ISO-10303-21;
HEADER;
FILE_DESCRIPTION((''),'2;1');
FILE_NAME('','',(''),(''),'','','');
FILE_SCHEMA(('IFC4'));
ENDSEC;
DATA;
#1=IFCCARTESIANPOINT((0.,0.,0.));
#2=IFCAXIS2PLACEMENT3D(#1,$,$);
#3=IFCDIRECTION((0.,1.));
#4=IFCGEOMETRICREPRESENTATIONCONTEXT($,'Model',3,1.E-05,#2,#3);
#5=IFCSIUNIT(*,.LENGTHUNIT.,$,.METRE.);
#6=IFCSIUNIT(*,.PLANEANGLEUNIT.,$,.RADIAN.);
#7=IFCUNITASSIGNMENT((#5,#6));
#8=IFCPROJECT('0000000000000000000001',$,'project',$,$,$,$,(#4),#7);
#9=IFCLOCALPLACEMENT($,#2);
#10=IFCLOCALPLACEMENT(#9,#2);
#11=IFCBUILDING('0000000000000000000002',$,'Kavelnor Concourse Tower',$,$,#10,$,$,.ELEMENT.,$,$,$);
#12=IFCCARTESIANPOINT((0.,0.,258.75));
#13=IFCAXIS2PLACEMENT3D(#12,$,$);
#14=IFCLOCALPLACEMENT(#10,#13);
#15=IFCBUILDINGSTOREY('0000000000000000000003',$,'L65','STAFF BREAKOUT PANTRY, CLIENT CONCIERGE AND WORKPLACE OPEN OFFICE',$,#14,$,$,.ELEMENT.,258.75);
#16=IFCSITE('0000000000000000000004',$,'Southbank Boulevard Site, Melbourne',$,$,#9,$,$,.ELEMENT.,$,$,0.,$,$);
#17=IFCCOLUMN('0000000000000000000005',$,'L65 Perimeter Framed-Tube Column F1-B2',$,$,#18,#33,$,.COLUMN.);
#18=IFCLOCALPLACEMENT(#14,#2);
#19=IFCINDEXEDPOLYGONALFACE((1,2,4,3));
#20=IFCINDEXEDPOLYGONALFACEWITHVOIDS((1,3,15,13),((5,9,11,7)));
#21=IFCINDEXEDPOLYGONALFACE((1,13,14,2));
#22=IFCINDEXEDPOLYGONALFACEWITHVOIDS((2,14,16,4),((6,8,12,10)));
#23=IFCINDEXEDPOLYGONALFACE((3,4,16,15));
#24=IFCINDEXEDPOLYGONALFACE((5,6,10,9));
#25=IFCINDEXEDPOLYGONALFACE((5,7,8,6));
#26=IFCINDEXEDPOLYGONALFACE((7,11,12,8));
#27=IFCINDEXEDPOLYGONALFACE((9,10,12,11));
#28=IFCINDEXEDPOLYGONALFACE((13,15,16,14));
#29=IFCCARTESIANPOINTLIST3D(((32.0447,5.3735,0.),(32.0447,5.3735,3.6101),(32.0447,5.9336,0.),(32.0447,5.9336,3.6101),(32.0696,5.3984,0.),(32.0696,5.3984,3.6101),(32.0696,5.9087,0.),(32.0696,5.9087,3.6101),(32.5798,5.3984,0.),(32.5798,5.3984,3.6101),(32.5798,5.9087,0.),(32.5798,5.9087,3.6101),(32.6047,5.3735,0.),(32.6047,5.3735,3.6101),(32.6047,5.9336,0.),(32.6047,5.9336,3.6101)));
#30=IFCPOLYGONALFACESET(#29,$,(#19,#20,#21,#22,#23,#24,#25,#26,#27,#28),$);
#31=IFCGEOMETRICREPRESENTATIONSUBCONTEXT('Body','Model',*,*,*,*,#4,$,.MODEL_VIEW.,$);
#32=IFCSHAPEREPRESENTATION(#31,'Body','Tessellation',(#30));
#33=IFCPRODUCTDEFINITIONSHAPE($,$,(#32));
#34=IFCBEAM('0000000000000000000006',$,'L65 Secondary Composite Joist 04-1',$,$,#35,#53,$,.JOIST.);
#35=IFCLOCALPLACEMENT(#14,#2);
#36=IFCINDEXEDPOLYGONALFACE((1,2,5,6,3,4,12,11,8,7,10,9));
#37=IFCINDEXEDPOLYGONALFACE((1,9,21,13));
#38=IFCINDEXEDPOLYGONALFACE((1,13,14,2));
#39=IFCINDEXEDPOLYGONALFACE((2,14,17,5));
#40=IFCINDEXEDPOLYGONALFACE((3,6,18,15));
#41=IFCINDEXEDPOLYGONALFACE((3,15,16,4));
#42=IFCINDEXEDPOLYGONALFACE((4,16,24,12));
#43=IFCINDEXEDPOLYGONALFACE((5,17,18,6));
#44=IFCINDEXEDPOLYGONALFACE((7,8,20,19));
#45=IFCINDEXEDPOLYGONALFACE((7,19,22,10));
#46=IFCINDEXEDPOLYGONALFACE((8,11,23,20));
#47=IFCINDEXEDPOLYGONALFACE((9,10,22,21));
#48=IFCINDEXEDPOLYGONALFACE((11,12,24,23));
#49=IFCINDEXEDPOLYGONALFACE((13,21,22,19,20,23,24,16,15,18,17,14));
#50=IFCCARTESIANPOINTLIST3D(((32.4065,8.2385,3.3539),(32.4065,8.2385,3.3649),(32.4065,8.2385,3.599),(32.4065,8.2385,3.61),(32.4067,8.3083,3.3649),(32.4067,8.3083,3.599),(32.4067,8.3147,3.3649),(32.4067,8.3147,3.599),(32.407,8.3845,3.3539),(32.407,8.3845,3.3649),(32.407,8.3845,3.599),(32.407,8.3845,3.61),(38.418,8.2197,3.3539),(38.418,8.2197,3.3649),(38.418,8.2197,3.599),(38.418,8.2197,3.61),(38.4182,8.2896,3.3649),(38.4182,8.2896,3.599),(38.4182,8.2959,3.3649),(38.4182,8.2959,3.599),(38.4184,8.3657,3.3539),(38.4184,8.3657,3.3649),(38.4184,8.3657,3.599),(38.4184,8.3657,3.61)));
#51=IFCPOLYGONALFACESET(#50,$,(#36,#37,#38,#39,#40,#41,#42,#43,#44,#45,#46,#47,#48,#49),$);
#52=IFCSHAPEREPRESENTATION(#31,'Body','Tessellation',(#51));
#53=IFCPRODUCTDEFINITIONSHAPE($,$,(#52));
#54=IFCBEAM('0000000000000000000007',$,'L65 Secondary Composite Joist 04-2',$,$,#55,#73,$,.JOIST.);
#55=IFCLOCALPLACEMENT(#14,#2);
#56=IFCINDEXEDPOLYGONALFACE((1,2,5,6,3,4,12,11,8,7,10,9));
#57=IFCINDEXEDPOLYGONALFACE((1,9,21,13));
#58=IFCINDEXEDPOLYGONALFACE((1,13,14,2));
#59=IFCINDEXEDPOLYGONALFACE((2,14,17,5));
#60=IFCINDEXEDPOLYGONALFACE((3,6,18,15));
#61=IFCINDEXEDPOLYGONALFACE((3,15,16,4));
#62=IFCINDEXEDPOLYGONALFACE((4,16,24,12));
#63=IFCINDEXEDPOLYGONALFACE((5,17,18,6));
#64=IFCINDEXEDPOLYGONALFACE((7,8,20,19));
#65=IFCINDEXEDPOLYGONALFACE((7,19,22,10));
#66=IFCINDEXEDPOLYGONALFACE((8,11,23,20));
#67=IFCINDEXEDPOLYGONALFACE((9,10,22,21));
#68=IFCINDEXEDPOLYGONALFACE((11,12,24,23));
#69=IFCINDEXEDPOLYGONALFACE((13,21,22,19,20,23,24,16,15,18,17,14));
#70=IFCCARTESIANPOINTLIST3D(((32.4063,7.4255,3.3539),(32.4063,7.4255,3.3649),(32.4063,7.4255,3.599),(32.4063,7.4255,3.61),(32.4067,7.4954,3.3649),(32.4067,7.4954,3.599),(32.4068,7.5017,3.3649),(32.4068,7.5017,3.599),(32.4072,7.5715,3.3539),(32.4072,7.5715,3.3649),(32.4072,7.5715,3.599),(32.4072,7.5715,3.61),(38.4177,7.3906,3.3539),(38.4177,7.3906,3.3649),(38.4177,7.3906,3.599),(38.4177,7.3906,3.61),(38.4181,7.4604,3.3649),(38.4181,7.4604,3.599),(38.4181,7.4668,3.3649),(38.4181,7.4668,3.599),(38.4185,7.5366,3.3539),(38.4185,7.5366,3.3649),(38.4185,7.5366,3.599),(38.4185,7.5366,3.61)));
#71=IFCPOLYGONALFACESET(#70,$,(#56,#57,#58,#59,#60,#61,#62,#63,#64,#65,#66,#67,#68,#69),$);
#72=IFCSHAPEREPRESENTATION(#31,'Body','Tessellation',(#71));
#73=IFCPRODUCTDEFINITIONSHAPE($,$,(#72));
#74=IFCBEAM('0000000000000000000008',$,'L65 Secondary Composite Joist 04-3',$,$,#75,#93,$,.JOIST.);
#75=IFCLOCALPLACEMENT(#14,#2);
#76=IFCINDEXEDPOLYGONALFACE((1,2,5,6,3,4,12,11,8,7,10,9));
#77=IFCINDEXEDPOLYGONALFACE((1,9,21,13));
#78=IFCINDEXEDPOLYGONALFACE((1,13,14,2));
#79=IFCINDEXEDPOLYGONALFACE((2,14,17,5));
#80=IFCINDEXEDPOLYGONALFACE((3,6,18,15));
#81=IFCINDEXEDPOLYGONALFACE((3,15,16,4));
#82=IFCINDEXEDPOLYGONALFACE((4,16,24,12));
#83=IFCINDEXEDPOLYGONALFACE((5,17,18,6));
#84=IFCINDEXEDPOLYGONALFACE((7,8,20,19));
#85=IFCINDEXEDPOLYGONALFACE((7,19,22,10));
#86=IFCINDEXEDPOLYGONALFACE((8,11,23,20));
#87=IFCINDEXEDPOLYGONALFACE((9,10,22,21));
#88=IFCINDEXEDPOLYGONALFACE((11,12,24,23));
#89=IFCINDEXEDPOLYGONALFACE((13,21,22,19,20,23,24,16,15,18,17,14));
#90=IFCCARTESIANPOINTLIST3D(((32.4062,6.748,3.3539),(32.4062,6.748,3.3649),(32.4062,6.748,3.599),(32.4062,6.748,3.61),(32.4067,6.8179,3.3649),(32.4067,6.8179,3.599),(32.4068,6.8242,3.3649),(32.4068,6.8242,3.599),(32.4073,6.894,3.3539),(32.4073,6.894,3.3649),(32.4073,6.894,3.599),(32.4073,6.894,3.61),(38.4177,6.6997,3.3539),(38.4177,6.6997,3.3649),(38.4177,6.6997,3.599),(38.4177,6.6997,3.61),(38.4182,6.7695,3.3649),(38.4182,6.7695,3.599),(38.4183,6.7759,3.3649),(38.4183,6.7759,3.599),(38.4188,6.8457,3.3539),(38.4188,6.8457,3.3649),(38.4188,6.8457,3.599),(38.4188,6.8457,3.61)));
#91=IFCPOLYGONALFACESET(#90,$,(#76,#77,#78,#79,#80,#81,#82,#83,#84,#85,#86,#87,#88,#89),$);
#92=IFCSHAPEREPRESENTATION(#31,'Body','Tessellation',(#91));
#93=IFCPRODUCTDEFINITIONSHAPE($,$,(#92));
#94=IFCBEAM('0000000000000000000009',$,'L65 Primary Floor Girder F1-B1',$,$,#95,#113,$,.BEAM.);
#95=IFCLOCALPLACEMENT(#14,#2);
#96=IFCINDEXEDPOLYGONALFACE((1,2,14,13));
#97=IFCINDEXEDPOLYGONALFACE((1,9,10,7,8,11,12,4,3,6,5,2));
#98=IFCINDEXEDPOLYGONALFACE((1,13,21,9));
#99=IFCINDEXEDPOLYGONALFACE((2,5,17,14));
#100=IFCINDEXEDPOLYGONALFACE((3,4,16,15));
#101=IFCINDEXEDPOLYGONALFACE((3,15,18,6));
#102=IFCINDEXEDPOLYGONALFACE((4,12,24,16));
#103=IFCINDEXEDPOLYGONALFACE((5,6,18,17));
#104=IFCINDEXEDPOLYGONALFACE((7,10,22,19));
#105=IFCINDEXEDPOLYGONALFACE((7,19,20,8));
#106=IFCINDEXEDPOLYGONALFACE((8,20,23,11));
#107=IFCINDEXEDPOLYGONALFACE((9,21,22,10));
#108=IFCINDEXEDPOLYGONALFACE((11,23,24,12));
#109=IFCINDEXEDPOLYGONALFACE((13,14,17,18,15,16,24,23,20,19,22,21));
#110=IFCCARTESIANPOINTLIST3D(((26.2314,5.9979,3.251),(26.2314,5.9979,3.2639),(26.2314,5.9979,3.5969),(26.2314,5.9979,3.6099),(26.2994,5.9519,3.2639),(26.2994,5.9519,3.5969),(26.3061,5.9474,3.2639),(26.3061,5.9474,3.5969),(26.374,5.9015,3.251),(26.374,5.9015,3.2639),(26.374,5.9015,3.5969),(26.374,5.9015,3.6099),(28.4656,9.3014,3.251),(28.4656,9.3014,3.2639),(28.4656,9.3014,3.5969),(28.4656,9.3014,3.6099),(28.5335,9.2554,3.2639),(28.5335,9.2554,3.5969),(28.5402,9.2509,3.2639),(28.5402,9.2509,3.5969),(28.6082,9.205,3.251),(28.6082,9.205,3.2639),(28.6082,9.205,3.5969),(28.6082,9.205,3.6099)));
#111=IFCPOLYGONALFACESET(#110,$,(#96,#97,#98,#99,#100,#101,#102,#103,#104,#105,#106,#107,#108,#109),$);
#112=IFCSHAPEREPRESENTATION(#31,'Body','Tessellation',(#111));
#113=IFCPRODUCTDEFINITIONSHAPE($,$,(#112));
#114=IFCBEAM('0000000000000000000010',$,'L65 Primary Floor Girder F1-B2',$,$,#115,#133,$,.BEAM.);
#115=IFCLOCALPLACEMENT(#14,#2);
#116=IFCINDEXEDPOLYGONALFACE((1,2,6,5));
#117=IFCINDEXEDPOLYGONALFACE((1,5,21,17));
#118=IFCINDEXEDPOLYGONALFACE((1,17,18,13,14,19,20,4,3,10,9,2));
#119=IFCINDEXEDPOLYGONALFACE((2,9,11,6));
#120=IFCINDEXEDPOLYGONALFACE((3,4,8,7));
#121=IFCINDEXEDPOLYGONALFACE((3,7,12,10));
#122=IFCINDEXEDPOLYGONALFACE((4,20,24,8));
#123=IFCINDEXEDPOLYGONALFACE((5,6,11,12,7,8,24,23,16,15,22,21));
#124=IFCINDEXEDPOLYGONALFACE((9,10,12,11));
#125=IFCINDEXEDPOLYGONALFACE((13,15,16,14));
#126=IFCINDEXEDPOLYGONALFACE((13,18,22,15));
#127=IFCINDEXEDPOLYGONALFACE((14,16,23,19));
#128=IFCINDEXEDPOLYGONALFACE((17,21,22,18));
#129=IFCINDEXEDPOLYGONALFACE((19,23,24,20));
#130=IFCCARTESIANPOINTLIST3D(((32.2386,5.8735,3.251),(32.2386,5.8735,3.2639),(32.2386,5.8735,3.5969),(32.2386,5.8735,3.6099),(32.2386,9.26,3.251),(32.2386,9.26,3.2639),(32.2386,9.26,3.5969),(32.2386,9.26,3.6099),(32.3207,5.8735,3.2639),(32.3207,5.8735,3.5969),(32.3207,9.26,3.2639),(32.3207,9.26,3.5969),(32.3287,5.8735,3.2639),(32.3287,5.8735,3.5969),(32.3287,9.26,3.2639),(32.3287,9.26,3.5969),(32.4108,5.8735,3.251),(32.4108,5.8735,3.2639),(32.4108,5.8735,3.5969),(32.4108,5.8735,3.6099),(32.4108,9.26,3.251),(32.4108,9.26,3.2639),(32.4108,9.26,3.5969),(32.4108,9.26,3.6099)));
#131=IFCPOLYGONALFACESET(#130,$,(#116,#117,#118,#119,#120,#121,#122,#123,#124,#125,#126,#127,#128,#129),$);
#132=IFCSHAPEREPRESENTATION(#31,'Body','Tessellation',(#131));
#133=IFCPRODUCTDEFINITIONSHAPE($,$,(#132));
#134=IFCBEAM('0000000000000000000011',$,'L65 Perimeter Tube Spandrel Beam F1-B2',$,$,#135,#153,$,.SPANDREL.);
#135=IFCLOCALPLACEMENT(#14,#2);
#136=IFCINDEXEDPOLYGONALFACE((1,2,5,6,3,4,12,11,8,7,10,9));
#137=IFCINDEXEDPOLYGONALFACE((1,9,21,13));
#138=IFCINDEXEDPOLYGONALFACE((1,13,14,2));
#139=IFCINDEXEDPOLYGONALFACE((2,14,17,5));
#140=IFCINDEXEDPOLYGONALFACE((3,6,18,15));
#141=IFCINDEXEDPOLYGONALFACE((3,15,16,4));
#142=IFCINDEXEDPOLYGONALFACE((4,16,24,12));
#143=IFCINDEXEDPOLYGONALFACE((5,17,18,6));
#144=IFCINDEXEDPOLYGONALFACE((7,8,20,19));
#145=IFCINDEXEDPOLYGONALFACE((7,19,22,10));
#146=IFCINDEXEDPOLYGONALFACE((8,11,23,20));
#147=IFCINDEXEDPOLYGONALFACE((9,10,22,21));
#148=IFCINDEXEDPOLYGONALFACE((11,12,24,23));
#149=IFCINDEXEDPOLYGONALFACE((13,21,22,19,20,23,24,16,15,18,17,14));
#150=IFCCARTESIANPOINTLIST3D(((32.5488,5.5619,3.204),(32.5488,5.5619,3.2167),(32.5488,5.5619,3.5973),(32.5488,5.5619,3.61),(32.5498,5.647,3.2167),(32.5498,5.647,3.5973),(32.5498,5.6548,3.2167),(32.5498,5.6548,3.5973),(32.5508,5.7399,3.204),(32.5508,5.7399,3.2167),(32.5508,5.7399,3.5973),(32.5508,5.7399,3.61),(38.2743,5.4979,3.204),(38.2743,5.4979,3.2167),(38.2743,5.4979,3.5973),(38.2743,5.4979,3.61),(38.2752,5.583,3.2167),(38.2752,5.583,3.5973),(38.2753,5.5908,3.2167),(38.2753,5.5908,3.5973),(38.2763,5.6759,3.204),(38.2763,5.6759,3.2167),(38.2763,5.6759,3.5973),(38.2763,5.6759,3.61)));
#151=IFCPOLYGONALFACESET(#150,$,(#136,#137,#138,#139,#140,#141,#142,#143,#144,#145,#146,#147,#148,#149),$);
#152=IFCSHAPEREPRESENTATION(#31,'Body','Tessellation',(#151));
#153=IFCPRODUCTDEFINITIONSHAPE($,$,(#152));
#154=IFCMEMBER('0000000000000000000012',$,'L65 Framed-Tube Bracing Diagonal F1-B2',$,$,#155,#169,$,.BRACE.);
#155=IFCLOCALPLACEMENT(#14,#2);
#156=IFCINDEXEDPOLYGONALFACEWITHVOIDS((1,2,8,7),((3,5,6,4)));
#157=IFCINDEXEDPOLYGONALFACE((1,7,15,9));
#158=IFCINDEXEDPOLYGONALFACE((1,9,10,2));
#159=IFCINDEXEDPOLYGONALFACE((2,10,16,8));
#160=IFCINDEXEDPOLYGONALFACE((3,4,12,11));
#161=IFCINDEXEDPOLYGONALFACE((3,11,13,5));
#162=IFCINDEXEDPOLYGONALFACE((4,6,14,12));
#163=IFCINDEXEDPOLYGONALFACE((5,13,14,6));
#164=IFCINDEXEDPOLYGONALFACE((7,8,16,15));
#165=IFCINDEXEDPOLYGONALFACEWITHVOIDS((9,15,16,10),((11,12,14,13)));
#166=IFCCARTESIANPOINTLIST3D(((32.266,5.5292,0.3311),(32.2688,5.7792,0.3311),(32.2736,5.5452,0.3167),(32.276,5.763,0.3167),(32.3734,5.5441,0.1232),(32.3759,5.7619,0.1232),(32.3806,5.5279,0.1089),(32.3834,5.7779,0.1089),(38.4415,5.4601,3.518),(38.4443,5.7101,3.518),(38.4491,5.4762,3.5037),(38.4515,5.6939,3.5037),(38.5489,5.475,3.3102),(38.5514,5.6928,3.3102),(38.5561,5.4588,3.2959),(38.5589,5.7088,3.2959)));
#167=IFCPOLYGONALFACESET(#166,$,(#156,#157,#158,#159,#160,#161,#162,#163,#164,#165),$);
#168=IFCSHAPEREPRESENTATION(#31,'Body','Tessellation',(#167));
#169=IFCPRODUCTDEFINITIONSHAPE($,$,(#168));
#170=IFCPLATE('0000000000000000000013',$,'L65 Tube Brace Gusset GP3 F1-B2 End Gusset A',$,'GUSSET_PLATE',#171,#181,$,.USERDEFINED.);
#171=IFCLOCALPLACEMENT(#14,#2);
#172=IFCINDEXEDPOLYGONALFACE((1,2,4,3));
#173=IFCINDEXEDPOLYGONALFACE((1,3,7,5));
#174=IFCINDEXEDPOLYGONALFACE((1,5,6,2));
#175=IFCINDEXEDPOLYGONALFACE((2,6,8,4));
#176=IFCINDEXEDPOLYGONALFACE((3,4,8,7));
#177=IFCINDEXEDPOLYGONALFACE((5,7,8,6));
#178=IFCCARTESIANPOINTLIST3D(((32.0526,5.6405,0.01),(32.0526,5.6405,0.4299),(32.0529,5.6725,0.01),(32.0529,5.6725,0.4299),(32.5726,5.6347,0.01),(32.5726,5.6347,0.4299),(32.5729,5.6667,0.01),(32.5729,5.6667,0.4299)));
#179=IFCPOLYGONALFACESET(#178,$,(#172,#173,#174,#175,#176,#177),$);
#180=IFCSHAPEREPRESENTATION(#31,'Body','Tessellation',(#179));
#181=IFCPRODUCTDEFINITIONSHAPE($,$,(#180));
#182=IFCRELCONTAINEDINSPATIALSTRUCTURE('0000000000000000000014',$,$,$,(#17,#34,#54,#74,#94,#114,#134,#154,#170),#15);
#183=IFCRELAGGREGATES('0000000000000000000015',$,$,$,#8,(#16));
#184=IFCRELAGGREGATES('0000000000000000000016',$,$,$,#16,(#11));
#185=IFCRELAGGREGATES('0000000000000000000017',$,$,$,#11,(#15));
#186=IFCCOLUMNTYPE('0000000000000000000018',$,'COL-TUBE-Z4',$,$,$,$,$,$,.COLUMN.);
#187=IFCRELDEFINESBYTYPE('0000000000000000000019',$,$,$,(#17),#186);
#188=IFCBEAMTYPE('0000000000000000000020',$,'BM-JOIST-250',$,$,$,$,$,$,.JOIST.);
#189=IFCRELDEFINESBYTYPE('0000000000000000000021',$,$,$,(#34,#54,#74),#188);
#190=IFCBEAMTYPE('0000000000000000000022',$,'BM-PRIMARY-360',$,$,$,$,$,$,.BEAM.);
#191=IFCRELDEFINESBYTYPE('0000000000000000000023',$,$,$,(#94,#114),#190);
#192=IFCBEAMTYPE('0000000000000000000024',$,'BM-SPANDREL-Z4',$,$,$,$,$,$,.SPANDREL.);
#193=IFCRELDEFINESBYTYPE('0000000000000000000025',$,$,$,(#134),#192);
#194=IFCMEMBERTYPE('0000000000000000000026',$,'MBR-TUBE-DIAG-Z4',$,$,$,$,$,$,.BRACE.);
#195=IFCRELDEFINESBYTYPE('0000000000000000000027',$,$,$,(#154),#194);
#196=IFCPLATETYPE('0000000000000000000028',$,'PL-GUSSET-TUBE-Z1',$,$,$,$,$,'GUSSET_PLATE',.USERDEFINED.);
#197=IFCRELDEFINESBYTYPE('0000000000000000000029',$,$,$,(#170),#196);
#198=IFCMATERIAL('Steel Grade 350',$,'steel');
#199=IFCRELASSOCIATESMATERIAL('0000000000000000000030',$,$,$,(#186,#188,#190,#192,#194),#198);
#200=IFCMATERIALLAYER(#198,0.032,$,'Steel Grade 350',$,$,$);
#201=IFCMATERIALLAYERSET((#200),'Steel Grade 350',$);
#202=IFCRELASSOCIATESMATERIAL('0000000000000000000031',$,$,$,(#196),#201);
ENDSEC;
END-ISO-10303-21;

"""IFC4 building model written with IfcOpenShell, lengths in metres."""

from ifc_helpers import new_model, si_unit, direction, frame, origin, origin_2d, place, context, subcontext, project, spatial, rectangle, hollow_rectangle, i_section, extrude, material, layer, layer_set, material_profile, profile_set, type_object, element, save


model = new_model("IFC4")

# Units and contexts
model_context = context("Model", 3, precision=1e-05, world=origin(), true_north=direction((0.0, 1.0)))
body_context = subcontext(model_context, "Body", "Model", "MODEL_VIEW")
ifc_project = project(units=[si_unit("LENGTHUNIT", "METRE"), si_unit("PLANEANGLEUNIT", "RADIAN")], contexts=[model_context])

# Site, building, storey
site_placement = place(None, origin())
site = spatial("IfcSite", under=ifc_project, at=site_placement, Name="Southbank Boulevard Site, Melbourne", CompositionType="ELEMENT", RefElevation=0.0)
building_placement = place(site_placement, origin())
building = spatial("IfcBuilding", under=site, at=building_placement, Name="Kavelnor Concourse Tower", CompositionType="ELEMENT")
storey_placement = place(building_placement, frame((0.0, 0.0, 258.75)))
storey = spatial("IfcBuildingStorey", under=building, at=storey_placement, Name="L65", Description="STAFF BREAKOUT PANTRY, CLIENT CONCIERGE AND WORKPLACE OPEN OFFICE", CompositionType="ELEMENT", Elevation=258.75)

# Column
ifc_material_1 = material(Name="Steel Grade 350", Category="steel")
ifc_material_profile_1 = material_profile(ifc_material_1, hollow_rectangle(XDim=0.5601, YDim=0.5601, WallThickness=0.0249, at=origin_2d()), Name="SHS 560x560x25")
ifc_profile_set_1 = profile_set([ifc_material_profile_1], Name="Steel Grade 350")
column_type = type_object("IfcColumnType", Name="COL-TUBE-Z4", PredefinedType="COLUMN", material=ifc_profile_set_1)
column_placement = place(storey_placement, frame((32.3247, 5.6536, 0.0), z_axis=(0.0, 0.0, 1.0), x_axis=(1.0, 0.0, 0.0)))
element("IfcColumn", 1, at=column_placement, inside=storey, type_object=column_type, Name="L65 Perimeter Framed-Tube Column F1-B2", PredefinedType="COLUMN", context=body_context, shape_type="SweptSolid", body=[
    extrude(hollow_rectangle(XDim=0.5601, YDim=0.5601, WallThickness=0.0249, at=origin_2d()), origin(), (0.0, 0.0, 1.0), 3.6101),
])

# Beams
ifc_material_profile_2 = material_profile(ifc_material_1, i_section(OverallWidth=0.146, OverallDepth=0.2561, WebThickness=0.0063, FlangeThickness=0.011, at=origin_2d()), Name="250UB37")
ifc_profile_set_2 = profile_set([ifc_material_profile_2], Name="Steel Grade 350")
beam_type_1 = type_object("IfcBeamType", Name="BM-JOIST-250", PredefinedType="JOIST", material=ifc_profile_set_2)
for number, where, z_axis, x_axis, name in (
    (2, (32.4067, 8.3115, 3.4819), (0.999995, -0.003127, 0.0), (0.003127, 0.999995, 0.0), "L65 Secondary Composite Joist 04-1"),
    (3, (32.4067, 7.4985, 3.4819), (0.999983, -0.005807, 0.0), (0.005807, 0.999983, 0.0), "L65 Secondary Composite Joist 04-2"),
):
    element("IfcBeam", number, at=place(storey_placement, frame(where, z_axis=z_axis, x_axis=x_axis)), inside=storey, type_object=beam_type_1, Name=name, PredefinedType="JOIST", context=body_context, shape_type="SweptSolid", body=[
        extrude(i_section(OverallWidth=0.146, OverallDepth=0.2561, WebThickness=0.0063, FlangeThickness=0.011, at=origin_2d()), origin(), (0.0, 0.0, 1.0), 6.0115),
    ])
beam_1_placement = place(storey_placement, frame((32.4067, 6.821, 3.4819), z_axis=(0.999968, -0.008041, 0.0), x_axis=(0.008041, 0.999968, 0.0)))
element("IfcBeam", 4, at=beam_1_placement, inside=storey, type_object=beam_type_1, Name="L65 Secondary Composite Joist 04-3", PredefinedType="JOIST", context=body_context, shape_type="SweptSolid", body=[
    extrude(i_section(OverallWidth=0.146, OverallDepth=0.2561, WebThickness=0.0063, FlangeThickness=0.011, at=origin_2d()), origin(), (0.0, 0.0, 1.0), 6.0117),
])
ifc_material_profile_3 = material_profile(ifc_material_1, i_section(OverallWidth=0.1721, OverallDepth=0.3589, WebThickness=0.0081, FlangeThickness=0.0129, at=origin_2d()), Name="360UB56")
ifc_profile_set_3 = profile_set([ifc_material_profile_3], Name="Steel Grade 350")
beam_type_2 = type_object("IfcBeamType", Name="BM-PRIMARY-360", PredefinedType="BEAM", material=ifc_profile_set_3)
beam_2_placement = place(storey_placement, frame((28.5369, 9.2532, 3.4304), z_axis=(-0.560212, -0.828349, 0.0), x_axis=(0.828349, -0.560212, 0.0)))
element("IfcBeam", 5, at=beam_2_placement, inside=storey, type_object=beam_type_2, Name="L65 Primary Floor Girder F1-B1", PredefinedType="BEAM", context=body_context, shape_type="SweptSolid", body=[
    extrude(i_section(OverallWidth=0.1721, OverallDepth=0.3589, WebThickness=0.0081, FlangeThickness=0.0129, at=origin_2d()), origin(), (0.0, 0.0, 1.0), 3.988),
])
beam_3_placement = place(storey_placement, frame((32.3247, 9.26, 3.4304), z_axis=(0.0, -1.0, 0.0), x_axis=(1.0, 0.0, 0.0)))
element("IfcBeam", 6, at=beam_3_placement, inside=storey, type_object=beam_type_2, Name="L65 Primary Floor Girder F1-B2", PredefinedType="BEAM", context=body_context, shape_type="SweptSolid", body=[
    extrude(i_section(OverallWidth=0.1721, OverallDepth=0.3589, WebThickness=0.0081, FlangeThickness=0.0129, at=origin_2d()), origin(), (0.0, 0.0, 1.0), 3.3865),
])
ifc_material_profile_4 = material_profile(ifc_material_1, i_section(OverallWidth=0.178, OverallDepth=0.406, WebThickness=0.0078, FlangeThickness=0.0127, at=origin_2d()), Name="410UB59")
ifc_profile_set_4 = profile_set([ifc_material_profile_4], Name="Steel Grade 350")
beam_type_3 = type_object("IfcBeamType", Name="BM-SPANDREL-Z4", PredefinedType="SPANDREL", material=ifc_profile_set_4)
beam_4_placement = place(storey_placement, frame((32.5498, 5.6509, 3.407), z_axis=(0.999938, -0.011171, 0.0), x_axis=(0.011171, 0.999938, 0.0)))
element("IfcBeam", 7, at=beam_4_placement, inside=storey, type_object=beam_type_3, Name="L65 Perimeter Tube Spandrel Beam F1-B2", PredefinedType="SPANDREL", context=body_context, shape_type="SweptSolid", body=[
    extrude(i_section(OverallWidth=0.178, OverallDepth=0.406, WebThickness=0.0078, FlangeThickness=0.0127, at=origin_2d()), origin(), (0.0, 0.0, 1.0), 5.7258),
])

# Member
ifc_material_profile_5 = material_profile(ifc_material_1, hollow_rectangle(XDim=0.25, YDim=0.25, WallThickness=0.0161, at=origin_2d()), Name="SHS 250x250x16")
ifc_profile_set_5 = profile_set([ifc_material_profile_5], Name="Steel Grade 350")
member_type = type_object("IfcMemberType", Name="MBR-TUBE-DIAG-Z4", PredefinedType="BRACE", material=ifc_profile_set_5)
member_placement = place(storey_placement, frame((32.3247, 5.6536, 0.22), z_axis=(0.888598, -0.009942, 0.458579), x_axis=(0.011187, 0.999937, 0.0)))
element("IfcMember", 8, at=member_placement, inside=storey, type_object=member_type, Name="L65 Framed-Tube Bracing Diagonal F1-B2", PredefinedType="BRACE", context=body_context, shape_type="SweptSolid", body=[
    extrude(hollow_rectangle(XDim=0.25, YDim=0.25, WallThickness=0.0161, at=origin_2d()), origin(), (0.0, 0.0, 1.0), 6.9497),
])

# Plate
ifc_layer_1 = layer(ifc_material_1, 0.032, Name="Steel Grade 350")
ifc_layer_set_1 = layer_set([ifc_layer_1], Name="Steel Grade 350")
plate_type = type_object("IfcPlateType", Name="PL-GUSSET-TUBE-Z1", ElementType="GUSSET_PLATE", PredefinedType="USERDEFINED", material=ifc_layer_set_1)
plate_placement = place(storey_placement, frame((32.3127, 5.6536, 0.01), z_axis=(0.0, 0.0, 1.0), x_axis=(0.999938, -0.01117, 0.0)))
element("IfcPlate", 9, at=plate_placement, inside=storey, type_object=plate_type, Name="L65 Tube Brace Gusset GP3 F1-B2 End Gusset A", ObjectType="GUSSET_PLATE", PredefinedType="USERDEFINED", context=body_context, shape_type="SweptSolid", body=[
    extrude(rectangle(XDim=0.52, YDim=0.032, at=origin_2d()), origin(), (0.0, 0.0, 1.0), 0.4199),
])

save(model, "model.ifc")
